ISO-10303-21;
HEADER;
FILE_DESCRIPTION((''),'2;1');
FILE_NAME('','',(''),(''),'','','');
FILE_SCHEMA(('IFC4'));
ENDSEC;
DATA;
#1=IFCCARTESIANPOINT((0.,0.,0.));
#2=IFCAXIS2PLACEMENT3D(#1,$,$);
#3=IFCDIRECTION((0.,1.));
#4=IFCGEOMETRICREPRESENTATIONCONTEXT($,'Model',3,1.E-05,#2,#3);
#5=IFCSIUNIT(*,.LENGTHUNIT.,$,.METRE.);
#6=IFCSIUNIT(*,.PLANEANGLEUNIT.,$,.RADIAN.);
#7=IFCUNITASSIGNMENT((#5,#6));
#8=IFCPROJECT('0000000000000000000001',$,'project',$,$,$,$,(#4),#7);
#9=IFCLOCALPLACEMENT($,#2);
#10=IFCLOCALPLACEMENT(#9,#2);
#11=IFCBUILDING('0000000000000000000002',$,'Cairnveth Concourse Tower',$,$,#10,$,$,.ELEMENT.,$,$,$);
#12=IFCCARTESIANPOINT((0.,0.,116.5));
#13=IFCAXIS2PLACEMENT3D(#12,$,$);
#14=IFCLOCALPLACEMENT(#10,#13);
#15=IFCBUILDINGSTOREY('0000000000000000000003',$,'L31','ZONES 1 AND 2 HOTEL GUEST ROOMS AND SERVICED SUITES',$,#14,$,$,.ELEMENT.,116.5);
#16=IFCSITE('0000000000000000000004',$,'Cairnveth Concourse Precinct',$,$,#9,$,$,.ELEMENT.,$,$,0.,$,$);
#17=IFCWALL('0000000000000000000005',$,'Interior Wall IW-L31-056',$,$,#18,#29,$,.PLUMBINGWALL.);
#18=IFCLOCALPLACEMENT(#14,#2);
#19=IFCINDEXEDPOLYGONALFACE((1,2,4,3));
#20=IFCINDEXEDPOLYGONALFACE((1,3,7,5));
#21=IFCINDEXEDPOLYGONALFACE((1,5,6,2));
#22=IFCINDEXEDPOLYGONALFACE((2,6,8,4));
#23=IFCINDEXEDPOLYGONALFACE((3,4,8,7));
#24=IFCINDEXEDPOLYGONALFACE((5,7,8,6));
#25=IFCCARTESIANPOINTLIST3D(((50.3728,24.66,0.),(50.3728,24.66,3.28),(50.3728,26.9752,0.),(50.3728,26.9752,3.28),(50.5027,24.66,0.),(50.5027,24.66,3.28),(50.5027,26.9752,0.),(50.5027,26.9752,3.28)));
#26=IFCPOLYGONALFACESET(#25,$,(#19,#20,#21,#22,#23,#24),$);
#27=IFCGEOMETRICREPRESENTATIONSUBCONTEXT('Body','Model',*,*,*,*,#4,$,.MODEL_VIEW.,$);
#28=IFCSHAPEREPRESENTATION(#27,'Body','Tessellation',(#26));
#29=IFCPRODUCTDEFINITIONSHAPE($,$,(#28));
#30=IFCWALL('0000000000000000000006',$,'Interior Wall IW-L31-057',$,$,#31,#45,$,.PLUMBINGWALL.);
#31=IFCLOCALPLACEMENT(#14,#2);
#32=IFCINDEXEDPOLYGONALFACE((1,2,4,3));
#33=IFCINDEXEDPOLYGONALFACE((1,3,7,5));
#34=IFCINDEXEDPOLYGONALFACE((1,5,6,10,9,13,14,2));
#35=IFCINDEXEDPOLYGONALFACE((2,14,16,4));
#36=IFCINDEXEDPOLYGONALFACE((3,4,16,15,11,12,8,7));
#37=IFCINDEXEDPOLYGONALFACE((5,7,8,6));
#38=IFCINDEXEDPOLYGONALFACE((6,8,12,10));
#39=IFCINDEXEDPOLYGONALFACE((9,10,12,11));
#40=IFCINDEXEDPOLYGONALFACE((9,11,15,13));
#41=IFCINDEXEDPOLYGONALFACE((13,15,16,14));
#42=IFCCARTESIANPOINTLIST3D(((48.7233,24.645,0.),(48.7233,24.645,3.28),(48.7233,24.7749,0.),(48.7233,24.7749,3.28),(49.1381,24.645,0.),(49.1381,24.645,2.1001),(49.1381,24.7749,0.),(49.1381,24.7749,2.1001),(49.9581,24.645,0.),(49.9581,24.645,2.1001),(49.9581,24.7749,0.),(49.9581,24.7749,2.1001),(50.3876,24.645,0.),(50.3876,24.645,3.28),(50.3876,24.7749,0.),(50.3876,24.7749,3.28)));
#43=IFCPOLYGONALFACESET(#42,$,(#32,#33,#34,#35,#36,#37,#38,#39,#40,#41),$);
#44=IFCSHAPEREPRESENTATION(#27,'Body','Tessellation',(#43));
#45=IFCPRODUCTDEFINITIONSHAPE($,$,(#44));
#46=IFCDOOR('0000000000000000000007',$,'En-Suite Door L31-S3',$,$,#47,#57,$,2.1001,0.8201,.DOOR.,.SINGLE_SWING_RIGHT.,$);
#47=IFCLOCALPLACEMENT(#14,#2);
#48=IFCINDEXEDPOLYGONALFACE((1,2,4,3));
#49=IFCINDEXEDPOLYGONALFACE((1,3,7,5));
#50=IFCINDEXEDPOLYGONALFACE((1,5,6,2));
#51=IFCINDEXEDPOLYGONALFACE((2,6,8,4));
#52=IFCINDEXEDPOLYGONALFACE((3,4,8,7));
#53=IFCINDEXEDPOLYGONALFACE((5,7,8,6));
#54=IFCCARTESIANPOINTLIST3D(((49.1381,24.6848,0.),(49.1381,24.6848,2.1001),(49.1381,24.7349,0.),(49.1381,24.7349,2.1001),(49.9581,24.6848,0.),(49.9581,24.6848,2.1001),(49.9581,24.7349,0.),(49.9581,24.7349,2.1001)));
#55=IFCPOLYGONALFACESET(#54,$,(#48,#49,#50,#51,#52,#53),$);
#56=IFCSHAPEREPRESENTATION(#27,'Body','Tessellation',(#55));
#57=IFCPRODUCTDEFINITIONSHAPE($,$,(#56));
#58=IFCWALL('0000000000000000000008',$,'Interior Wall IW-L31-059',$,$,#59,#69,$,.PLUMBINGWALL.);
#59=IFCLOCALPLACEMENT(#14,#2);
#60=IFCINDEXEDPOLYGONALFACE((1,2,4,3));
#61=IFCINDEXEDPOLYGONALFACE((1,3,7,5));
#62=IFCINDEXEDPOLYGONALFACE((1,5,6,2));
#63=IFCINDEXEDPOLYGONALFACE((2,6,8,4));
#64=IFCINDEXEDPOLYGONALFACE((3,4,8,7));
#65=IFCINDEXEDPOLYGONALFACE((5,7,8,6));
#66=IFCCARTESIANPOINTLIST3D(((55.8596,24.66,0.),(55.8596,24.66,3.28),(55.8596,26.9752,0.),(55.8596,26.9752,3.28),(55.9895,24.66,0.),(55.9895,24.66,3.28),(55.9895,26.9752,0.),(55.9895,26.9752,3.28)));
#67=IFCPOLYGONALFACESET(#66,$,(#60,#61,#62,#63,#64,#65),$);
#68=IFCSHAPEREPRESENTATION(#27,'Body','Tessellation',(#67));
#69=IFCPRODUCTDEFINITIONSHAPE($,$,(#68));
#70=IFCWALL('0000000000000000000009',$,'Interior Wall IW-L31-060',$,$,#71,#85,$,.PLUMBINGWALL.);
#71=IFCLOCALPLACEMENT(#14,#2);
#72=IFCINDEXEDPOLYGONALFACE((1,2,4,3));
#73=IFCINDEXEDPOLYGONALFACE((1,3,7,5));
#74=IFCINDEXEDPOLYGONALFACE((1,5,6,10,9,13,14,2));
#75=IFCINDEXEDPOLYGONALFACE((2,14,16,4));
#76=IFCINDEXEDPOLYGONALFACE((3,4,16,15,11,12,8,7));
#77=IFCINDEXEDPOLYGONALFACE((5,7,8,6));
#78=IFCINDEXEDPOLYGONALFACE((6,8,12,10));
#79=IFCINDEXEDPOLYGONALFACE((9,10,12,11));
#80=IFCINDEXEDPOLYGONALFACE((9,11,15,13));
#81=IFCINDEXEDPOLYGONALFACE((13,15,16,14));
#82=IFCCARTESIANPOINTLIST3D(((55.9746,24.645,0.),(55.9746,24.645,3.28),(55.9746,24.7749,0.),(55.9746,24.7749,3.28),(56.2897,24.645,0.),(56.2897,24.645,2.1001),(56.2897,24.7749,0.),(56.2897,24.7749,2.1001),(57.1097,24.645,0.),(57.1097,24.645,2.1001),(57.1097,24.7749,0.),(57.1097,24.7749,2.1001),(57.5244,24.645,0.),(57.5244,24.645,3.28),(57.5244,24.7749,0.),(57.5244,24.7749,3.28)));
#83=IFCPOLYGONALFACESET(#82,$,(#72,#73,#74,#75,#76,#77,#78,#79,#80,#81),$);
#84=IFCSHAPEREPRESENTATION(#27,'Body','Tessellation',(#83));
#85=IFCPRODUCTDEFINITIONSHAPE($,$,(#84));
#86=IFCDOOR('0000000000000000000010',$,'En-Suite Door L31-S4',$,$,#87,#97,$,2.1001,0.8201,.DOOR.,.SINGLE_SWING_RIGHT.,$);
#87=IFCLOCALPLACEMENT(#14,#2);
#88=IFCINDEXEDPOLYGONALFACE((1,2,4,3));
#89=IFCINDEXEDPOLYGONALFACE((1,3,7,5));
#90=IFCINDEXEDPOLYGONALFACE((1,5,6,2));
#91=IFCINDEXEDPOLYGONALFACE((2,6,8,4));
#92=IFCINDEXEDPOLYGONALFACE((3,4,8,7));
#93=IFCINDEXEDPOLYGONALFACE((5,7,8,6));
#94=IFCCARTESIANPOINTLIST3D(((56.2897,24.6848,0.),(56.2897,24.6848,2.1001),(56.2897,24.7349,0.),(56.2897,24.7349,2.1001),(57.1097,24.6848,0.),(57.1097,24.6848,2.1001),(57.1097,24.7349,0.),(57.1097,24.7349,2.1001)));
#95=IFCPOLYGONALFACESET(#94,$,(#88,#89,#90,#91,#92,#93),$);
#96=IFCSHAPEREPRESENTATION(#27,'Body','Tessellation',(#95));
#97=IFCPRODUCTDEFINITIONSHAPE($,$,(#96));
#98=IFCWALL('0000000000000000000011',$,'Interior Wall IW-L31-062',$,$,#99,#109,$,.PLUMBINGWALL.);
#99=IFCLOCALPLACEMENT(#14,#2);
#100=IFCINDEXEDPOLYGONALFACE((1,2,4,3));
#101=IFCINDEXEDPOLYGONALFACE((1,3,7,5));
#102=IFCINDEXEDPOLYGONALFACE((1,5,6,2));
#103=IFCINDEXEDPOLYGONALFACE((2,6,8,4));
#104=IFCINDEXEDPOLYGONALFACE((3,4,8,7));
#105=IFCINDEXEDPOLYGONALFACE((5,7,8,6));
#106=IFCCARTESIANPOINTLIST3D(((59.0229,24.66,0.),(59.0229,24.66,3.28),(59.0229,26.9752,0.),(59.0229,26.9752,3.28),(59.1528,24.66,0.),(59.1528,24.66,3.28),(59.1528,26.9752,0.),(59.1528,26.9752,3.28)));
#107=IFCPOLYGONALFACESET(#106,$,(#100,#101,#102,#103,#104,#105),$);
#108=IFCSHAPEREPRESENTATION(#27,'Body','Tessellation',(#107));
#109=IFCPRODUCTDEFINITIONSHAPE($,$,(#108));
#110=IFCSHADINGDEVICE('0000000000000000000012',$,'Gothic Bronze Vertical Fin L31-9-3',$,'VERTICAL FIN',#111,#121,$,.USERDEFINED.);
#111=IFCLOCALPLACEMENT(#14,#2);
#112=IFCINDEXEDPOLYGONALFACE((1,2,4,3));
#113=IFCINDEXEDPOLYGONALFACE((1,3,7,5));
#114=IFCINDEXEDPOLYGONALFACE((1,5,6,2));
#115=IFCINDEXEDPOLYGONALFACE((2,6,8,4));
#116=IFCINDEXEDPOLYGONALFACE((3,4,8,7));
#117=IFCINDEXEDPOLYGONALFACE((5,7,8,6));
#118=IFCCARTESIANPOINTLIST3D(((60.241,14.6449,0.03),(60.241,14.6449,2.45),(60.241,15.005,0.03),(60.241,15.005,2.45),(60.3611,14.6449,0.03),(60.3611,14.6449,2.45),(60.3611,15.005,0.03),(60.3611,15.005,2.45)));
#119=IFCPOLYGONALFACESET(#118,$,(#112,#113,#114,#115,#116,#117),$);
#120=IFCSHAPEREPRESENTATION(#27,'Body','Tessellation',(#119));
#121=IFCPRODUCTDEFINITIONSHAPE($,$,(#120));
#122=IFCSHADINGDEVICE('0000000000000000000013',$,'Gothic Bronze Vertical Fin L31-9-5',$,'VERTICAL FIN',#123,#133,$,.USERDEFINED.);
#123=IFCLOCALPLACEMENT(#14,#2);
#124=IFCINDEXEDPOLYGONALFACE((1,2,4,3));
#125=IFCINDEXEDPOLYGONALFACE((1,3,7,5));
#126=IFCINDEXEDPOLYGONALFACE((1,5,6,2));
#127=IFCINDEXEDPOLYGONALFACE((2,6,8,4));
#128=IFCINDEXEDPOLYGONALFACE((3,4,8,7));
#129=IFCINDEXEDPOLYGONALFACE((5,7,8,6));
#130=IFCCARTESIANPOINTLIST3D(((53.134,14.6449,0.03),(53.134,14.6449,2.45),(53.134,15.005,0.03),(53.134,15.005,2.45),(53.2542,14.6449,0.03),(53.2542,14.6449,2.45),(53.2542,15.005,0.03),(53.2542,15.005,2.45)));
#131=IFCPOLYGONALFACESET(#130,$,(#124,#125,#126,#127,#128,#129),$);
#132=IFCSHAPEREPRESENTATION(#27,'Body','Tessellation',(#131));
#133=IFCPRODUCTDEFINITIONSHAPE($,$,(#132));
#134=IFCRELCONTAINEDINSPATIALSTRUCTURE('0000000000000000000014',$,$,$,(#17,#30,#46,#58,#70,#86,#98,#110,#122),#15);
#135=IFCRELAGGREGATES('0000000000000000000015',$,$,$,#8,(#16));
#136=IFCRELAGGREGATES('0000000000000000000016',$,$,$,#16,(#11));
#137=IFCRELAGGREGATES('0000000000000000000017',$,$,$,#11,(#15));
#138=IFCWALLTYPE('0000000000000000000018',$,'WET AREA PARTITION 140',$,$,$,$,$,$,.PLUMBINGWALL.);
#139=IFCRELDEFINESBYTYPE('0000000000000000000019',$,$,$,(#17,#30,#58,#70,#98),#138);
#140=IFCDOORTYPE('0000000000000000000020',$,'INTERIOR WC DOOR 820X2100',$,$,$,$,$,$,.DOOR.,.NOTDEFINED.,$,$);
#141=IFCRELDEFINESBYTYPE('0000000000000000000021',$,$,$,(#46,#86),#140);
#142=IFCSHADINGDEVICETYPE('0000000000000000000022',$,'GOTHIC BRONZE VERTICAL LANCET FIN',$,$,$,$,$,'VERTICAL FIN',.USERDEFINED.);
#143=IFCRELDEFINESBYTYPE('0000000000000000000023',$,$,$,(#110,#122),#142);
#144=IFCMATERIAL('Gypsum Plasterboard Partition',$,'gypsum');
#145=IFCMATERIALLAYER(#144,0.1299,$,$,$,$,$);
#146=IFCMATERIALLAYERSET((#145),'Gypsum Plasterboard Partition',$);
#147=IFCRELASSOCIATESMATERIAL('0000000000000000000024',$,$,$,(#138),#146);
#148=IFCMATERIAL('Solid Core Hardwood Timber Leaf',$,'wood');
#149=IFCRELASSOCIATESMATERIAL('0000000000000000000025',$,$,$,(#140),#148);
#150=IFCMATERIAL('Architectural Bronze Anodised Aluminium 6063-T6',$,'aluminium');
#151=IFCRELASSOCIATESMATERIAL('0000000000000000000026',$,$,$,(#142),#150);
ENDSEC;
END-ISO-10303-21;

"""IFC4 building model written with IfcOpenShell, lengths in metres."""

from ifc_helpers import new_model, si_unit, direction, frame, frame_2d, origin, origin_2d, place, context, subcontext, project, spatial, rectangle, extrude, material, layer, layer_set, type_object, element, fill, save


model = new_model("IFC4")

# Units and contexts
model_context = context("Model", 3, precision=1e-05, world=origin(), true_north=direction((0.0, 1.0)))
body_context = subcontext(model_context, "Body", "Model", "MODEL_VIEW")
ifc_project = project(units=[si_unit("LENGTHUNIT", "METRE"), si_unit("PLANEANGLEUNIT", "RADIAN")], contexts=[model_context])

# Site, building, storey
site_placement = place(None, origin())
site = spatial("IfcSite", under=ifc_project, at=site_placement, Name="Cairnveth Concourse Precinct", CompositionType="ELEMENT", RefElevation=0.0)
building_placement = place(site_placement, origin())
building = spatial("IfcBuilding", under=site, at=building_placement, Name="Cairnveth Concourse Tower", CompositionType="ELEMENT")
storey_placement = place(building_placement, frame((0.0, 0.0, 116.5)))
storey = spatial("IfcBuildingStorey", under=building, at=storey_placement, Name="L31", Description="ZONES 1 AND 2 HOTEL GUEST ROOMS AND SERVICED SUITES", CompositionType="ELEMENT", Elevation=116.5)

# Wall
ifc_material_1 = material(Name="Gypsum Plasterboard Partition", Category="gypsum")
ifc_layer_1 = layer(ifc_material_1, 0.1299)
ifc_layer_set_1 = layer_set([ifc_layer_1], Name="Gypsum Plasterboard Partition")
wall_type_1 = type_object("IfcWallType", Name="WET AREA PARTITION 140", PredefinedType="PLUMBINGWALL", material=ifc_layer_set_1)
wall_1_placement = place(storey_placement, frame((50.4377, 24.6599, 0.0), z_axis=(0.0, 0.0, 1.0), x_axis=(0.0, 1.0, 0.0)))
element("IfcWall", 1, at=wall_1_placement, inside=storey, type_object=wall_type_1, Name="Interior Wall IW-L31-056", PredefinedType="PLUMBINGWALL", context=body_context, shape_type="SweptSolid", body=[
    extrude(rectangle(XDim=2.3152, YDim=0.1299, at=frame_2d((1.1577, 0.0))), origin(), (0.0, 0.0, 1.0), 3.28),
])

# Wall, opening, door
wall_2_placement = place(storey_placement, frame((48.7234, 24.71, 0.0), z_axis=(0.0, 0.0, 1.0), x_axis=(1.0, 0.0, 0.0)))
wall_2 = element("IfcWall", 2, at=wall_2_placement, inside=storey, type_object=wall_type_1, Name="Interior Wall IW-L31-057", PredefinedType="PLUMBINGWALL", context=body_context, shape_type="SweptSolid", body=[
    extrude(rectangle(XDim=1.6643, YDim=0.1299, at=frame_2d((0.832, 0.0))), origin(), (0.0, 0.0, 1.0), 3.28),
])
opening_1_placement = place(wall_2_placement, frame((0.4146, 0.0, 0.0)))
opening_1 = element("IfcOpeningElement", 3, at=opening_1_placement, cuts=wall_2, PredefinedType="OPENING", context=body_context, shape_type="SweptSolid", body=[
    extrude(rectangle(XDim=0.8201, YDim=2.1001, at=frame_2d((0.4102, 1.05))), frame((0.0, 0.075, 0.0), z_axis=(0.0, -1.0, 0.0), x_axis=(1.0, 0.0, 0.0)), (0.0, 0.0, 1.0), 0.1499),
])
ifc_material_2 = material(Name="Solid Core Hardwood Timber Leaf", Category="wood")
door_type = type_object("IfcDoorType", Name="INTERIOR WC DOOR 820X2100", OperationType="NOTDEFINED", PredefinedType="DOOR", material=ifc_material_2)
door_1_placement = place(opening_1_placement, origin())
door_1 = element("IfcDoor", 4, at=door_1_placement, inside=storey, type_object=door_type, Name="En-Suite Door L31-S3", OperationType="SINGLE_SWING_RIGHT", OverallHeight=2.1001, OverallWidth=0.8201, PredefinedType="DOOR", context=body_context, shape_type="SweptSolid", body=[
    extrude(rectangle(XDim=0.8201, YDim=2.1001, at=frame_2d((0.4102, 1.05))), frame((0.0, 0.0249, 0.0), z_axis=(0.0, -1.0, 0.0), x_axis=(1.0, 0.0, 0.0)), (0.0, 0.0, 1.0), 0.05),
])
fill(opening_1, door_1)

# Wall
wall_3_placement = place(storey_placement, frame((55.9246, 24.6599, 0.0), z_axis=(0.0, 0.0, 1.0), x_axis=(0.0, 1.0, 0.0)))
element("IfcWall", 5, at=wall_3_placement, inside=storey, type_object=wall_type_1, Name="Interior Wall IW-L31-059", PredefinedType="PLUMBINGWALL", context=body_context, shape_type="SweptSolid", body=[
    extrude(rectangle(XDim=2.3152, YDim=0.1299, at=frame_2d((1.1577, 0.0))), origin(), (0.0, 0.0, 1.0), 3.28),
])

# Wall, opening, door
wall_4_placement = place(storey_placement, frame((55.9746, 24.71, 0.0), z_axis=(0.0, 0.0, 1.0), x_axis=(1.0, 0.0, 0.0)))
wall_4 = element("IfcWall", 6, at=wall_4_placement, inside=storey, type_object=wall_type_1, Name="Interior Wall IW-L31-060", PredefinedType="PLUMBINGWALL", context=body_context, shape_type="SweptSolid", body=[
    extrude(rectangle(XDim=1.5498, YDim=0.1299, at=frame_2d((0.7749, 0.0))), origin(), (0.0, 0.0, 1.0), 3.28),
])
opening_2_placement = place(wall_4_placement, frame((0.3149, 0.0, 0.0)))
opening_2 = element("IfcOpeningElement", 7, at=opening_2_placement, cuts=wall_4, PredefinedType="OPENING", context=body_context, shape_type="SweptSolid", body=[
    extrude(rectangle(XDim=0.8201, YDim=2.1001, at=frame_2d((0.4102, 1.05))), frame((0.0, 0.075, 0.0), z_axis=(0.0, -1.0, 0.0), x_axis=(1.0, 0.0, 0.0)), (0.0, 0.0, 1.0), 0.1499),
])
door_2_placement = place(opening_2_placement, origin())
door_2 = element("IfcDoor", 8, at=door_2_placement, inside=storey, type_object=door_type, Name="En-Suite Door L31-S4", OperationType="SINGLE_SWING_RIGHT", OverallHeight=2.1001, OverallWidth=0.8201, PredefinedType="DOOR", context=body_context, shape_type="SweptSolid", body=[
    extrude(rectangle(XDim=0.8201, YDim=2.1001, at=frame_2d((0.4102, 1.05))), frame((0.0, 0.0249, 0.0), z_axis=(0.0, -1.0, 0.0), x_axis=(1.0, 0.0, 0.0)), (0.0, 0.0, 1.0), 0.05),
])
fill(opening_2, door_2)

# Wall
wall_5_placement = place(storey_placement, frame((59.0879, 24.6599, 0.0), z_axis=(0.0, 0.0, 1.0), x_axis=(0.0, 1.0, 0.0)))
element("IfcWall", 9, at=wall_5_placement, inside=storey, type_object=wall_type_1, Name="Interior Wall IW-L31-062", PredefinedType="PLUMBINGWALL", context=body_context, shape_type="SweptSolid", body=[
    extrude(rectangle(XDim=2.3152, YDim=0.1299, at=frame_2d((1.1577, 0.0))), origin(), (0.0, 0.0, 1.0), 3.28),
])

# Shading devices
ifc_material_3 = material(Name="Architectural Bronze Anodised Aluminium 6063-T6", Category="aluminium")
shading_device_type = type_object("IfcShadingDeviceType", Name="GOTHIC BRONZE VERTICAL LANCET FIN", ElementType="VERTICAL FIN", PredefinedType="USERDEFINED", material=ifc_material_3)
for number, where, z_axis, x_axis, name in (
    (10, (60.301, 14.825, 0.03), (0.0, 0.0, 1.0), (1.0, 0.0, 0.0), "Gothic Bronze Vertical Fin L31-9-3"),
    (11, (53.1941, 14.825, 0.03), (0.0, 0.0, 1.0), (1.0, 0.0, 0.0), "Gothic Bronze Vertical Fin L31-9-5"),
):
    element("IfcShadingDevice", number, at=place(storey_placement, frame(where, z_axis=z_axis, x_axis=x_axis)), inside=storey, type_object=shading_device_type, Name=name, ObjectType="VERTICAL FIN", PredefinedType="USERDEFINED", context=body_context, shape_type="SweptSolid", body=[
        extrude(rectangle(XDim=0.1201, YDim=0.3601, at=origin_2d()), origin(), (0.0, 0.0, 1.0), 2.4199),
    ])

save(model, "model.ifc")
